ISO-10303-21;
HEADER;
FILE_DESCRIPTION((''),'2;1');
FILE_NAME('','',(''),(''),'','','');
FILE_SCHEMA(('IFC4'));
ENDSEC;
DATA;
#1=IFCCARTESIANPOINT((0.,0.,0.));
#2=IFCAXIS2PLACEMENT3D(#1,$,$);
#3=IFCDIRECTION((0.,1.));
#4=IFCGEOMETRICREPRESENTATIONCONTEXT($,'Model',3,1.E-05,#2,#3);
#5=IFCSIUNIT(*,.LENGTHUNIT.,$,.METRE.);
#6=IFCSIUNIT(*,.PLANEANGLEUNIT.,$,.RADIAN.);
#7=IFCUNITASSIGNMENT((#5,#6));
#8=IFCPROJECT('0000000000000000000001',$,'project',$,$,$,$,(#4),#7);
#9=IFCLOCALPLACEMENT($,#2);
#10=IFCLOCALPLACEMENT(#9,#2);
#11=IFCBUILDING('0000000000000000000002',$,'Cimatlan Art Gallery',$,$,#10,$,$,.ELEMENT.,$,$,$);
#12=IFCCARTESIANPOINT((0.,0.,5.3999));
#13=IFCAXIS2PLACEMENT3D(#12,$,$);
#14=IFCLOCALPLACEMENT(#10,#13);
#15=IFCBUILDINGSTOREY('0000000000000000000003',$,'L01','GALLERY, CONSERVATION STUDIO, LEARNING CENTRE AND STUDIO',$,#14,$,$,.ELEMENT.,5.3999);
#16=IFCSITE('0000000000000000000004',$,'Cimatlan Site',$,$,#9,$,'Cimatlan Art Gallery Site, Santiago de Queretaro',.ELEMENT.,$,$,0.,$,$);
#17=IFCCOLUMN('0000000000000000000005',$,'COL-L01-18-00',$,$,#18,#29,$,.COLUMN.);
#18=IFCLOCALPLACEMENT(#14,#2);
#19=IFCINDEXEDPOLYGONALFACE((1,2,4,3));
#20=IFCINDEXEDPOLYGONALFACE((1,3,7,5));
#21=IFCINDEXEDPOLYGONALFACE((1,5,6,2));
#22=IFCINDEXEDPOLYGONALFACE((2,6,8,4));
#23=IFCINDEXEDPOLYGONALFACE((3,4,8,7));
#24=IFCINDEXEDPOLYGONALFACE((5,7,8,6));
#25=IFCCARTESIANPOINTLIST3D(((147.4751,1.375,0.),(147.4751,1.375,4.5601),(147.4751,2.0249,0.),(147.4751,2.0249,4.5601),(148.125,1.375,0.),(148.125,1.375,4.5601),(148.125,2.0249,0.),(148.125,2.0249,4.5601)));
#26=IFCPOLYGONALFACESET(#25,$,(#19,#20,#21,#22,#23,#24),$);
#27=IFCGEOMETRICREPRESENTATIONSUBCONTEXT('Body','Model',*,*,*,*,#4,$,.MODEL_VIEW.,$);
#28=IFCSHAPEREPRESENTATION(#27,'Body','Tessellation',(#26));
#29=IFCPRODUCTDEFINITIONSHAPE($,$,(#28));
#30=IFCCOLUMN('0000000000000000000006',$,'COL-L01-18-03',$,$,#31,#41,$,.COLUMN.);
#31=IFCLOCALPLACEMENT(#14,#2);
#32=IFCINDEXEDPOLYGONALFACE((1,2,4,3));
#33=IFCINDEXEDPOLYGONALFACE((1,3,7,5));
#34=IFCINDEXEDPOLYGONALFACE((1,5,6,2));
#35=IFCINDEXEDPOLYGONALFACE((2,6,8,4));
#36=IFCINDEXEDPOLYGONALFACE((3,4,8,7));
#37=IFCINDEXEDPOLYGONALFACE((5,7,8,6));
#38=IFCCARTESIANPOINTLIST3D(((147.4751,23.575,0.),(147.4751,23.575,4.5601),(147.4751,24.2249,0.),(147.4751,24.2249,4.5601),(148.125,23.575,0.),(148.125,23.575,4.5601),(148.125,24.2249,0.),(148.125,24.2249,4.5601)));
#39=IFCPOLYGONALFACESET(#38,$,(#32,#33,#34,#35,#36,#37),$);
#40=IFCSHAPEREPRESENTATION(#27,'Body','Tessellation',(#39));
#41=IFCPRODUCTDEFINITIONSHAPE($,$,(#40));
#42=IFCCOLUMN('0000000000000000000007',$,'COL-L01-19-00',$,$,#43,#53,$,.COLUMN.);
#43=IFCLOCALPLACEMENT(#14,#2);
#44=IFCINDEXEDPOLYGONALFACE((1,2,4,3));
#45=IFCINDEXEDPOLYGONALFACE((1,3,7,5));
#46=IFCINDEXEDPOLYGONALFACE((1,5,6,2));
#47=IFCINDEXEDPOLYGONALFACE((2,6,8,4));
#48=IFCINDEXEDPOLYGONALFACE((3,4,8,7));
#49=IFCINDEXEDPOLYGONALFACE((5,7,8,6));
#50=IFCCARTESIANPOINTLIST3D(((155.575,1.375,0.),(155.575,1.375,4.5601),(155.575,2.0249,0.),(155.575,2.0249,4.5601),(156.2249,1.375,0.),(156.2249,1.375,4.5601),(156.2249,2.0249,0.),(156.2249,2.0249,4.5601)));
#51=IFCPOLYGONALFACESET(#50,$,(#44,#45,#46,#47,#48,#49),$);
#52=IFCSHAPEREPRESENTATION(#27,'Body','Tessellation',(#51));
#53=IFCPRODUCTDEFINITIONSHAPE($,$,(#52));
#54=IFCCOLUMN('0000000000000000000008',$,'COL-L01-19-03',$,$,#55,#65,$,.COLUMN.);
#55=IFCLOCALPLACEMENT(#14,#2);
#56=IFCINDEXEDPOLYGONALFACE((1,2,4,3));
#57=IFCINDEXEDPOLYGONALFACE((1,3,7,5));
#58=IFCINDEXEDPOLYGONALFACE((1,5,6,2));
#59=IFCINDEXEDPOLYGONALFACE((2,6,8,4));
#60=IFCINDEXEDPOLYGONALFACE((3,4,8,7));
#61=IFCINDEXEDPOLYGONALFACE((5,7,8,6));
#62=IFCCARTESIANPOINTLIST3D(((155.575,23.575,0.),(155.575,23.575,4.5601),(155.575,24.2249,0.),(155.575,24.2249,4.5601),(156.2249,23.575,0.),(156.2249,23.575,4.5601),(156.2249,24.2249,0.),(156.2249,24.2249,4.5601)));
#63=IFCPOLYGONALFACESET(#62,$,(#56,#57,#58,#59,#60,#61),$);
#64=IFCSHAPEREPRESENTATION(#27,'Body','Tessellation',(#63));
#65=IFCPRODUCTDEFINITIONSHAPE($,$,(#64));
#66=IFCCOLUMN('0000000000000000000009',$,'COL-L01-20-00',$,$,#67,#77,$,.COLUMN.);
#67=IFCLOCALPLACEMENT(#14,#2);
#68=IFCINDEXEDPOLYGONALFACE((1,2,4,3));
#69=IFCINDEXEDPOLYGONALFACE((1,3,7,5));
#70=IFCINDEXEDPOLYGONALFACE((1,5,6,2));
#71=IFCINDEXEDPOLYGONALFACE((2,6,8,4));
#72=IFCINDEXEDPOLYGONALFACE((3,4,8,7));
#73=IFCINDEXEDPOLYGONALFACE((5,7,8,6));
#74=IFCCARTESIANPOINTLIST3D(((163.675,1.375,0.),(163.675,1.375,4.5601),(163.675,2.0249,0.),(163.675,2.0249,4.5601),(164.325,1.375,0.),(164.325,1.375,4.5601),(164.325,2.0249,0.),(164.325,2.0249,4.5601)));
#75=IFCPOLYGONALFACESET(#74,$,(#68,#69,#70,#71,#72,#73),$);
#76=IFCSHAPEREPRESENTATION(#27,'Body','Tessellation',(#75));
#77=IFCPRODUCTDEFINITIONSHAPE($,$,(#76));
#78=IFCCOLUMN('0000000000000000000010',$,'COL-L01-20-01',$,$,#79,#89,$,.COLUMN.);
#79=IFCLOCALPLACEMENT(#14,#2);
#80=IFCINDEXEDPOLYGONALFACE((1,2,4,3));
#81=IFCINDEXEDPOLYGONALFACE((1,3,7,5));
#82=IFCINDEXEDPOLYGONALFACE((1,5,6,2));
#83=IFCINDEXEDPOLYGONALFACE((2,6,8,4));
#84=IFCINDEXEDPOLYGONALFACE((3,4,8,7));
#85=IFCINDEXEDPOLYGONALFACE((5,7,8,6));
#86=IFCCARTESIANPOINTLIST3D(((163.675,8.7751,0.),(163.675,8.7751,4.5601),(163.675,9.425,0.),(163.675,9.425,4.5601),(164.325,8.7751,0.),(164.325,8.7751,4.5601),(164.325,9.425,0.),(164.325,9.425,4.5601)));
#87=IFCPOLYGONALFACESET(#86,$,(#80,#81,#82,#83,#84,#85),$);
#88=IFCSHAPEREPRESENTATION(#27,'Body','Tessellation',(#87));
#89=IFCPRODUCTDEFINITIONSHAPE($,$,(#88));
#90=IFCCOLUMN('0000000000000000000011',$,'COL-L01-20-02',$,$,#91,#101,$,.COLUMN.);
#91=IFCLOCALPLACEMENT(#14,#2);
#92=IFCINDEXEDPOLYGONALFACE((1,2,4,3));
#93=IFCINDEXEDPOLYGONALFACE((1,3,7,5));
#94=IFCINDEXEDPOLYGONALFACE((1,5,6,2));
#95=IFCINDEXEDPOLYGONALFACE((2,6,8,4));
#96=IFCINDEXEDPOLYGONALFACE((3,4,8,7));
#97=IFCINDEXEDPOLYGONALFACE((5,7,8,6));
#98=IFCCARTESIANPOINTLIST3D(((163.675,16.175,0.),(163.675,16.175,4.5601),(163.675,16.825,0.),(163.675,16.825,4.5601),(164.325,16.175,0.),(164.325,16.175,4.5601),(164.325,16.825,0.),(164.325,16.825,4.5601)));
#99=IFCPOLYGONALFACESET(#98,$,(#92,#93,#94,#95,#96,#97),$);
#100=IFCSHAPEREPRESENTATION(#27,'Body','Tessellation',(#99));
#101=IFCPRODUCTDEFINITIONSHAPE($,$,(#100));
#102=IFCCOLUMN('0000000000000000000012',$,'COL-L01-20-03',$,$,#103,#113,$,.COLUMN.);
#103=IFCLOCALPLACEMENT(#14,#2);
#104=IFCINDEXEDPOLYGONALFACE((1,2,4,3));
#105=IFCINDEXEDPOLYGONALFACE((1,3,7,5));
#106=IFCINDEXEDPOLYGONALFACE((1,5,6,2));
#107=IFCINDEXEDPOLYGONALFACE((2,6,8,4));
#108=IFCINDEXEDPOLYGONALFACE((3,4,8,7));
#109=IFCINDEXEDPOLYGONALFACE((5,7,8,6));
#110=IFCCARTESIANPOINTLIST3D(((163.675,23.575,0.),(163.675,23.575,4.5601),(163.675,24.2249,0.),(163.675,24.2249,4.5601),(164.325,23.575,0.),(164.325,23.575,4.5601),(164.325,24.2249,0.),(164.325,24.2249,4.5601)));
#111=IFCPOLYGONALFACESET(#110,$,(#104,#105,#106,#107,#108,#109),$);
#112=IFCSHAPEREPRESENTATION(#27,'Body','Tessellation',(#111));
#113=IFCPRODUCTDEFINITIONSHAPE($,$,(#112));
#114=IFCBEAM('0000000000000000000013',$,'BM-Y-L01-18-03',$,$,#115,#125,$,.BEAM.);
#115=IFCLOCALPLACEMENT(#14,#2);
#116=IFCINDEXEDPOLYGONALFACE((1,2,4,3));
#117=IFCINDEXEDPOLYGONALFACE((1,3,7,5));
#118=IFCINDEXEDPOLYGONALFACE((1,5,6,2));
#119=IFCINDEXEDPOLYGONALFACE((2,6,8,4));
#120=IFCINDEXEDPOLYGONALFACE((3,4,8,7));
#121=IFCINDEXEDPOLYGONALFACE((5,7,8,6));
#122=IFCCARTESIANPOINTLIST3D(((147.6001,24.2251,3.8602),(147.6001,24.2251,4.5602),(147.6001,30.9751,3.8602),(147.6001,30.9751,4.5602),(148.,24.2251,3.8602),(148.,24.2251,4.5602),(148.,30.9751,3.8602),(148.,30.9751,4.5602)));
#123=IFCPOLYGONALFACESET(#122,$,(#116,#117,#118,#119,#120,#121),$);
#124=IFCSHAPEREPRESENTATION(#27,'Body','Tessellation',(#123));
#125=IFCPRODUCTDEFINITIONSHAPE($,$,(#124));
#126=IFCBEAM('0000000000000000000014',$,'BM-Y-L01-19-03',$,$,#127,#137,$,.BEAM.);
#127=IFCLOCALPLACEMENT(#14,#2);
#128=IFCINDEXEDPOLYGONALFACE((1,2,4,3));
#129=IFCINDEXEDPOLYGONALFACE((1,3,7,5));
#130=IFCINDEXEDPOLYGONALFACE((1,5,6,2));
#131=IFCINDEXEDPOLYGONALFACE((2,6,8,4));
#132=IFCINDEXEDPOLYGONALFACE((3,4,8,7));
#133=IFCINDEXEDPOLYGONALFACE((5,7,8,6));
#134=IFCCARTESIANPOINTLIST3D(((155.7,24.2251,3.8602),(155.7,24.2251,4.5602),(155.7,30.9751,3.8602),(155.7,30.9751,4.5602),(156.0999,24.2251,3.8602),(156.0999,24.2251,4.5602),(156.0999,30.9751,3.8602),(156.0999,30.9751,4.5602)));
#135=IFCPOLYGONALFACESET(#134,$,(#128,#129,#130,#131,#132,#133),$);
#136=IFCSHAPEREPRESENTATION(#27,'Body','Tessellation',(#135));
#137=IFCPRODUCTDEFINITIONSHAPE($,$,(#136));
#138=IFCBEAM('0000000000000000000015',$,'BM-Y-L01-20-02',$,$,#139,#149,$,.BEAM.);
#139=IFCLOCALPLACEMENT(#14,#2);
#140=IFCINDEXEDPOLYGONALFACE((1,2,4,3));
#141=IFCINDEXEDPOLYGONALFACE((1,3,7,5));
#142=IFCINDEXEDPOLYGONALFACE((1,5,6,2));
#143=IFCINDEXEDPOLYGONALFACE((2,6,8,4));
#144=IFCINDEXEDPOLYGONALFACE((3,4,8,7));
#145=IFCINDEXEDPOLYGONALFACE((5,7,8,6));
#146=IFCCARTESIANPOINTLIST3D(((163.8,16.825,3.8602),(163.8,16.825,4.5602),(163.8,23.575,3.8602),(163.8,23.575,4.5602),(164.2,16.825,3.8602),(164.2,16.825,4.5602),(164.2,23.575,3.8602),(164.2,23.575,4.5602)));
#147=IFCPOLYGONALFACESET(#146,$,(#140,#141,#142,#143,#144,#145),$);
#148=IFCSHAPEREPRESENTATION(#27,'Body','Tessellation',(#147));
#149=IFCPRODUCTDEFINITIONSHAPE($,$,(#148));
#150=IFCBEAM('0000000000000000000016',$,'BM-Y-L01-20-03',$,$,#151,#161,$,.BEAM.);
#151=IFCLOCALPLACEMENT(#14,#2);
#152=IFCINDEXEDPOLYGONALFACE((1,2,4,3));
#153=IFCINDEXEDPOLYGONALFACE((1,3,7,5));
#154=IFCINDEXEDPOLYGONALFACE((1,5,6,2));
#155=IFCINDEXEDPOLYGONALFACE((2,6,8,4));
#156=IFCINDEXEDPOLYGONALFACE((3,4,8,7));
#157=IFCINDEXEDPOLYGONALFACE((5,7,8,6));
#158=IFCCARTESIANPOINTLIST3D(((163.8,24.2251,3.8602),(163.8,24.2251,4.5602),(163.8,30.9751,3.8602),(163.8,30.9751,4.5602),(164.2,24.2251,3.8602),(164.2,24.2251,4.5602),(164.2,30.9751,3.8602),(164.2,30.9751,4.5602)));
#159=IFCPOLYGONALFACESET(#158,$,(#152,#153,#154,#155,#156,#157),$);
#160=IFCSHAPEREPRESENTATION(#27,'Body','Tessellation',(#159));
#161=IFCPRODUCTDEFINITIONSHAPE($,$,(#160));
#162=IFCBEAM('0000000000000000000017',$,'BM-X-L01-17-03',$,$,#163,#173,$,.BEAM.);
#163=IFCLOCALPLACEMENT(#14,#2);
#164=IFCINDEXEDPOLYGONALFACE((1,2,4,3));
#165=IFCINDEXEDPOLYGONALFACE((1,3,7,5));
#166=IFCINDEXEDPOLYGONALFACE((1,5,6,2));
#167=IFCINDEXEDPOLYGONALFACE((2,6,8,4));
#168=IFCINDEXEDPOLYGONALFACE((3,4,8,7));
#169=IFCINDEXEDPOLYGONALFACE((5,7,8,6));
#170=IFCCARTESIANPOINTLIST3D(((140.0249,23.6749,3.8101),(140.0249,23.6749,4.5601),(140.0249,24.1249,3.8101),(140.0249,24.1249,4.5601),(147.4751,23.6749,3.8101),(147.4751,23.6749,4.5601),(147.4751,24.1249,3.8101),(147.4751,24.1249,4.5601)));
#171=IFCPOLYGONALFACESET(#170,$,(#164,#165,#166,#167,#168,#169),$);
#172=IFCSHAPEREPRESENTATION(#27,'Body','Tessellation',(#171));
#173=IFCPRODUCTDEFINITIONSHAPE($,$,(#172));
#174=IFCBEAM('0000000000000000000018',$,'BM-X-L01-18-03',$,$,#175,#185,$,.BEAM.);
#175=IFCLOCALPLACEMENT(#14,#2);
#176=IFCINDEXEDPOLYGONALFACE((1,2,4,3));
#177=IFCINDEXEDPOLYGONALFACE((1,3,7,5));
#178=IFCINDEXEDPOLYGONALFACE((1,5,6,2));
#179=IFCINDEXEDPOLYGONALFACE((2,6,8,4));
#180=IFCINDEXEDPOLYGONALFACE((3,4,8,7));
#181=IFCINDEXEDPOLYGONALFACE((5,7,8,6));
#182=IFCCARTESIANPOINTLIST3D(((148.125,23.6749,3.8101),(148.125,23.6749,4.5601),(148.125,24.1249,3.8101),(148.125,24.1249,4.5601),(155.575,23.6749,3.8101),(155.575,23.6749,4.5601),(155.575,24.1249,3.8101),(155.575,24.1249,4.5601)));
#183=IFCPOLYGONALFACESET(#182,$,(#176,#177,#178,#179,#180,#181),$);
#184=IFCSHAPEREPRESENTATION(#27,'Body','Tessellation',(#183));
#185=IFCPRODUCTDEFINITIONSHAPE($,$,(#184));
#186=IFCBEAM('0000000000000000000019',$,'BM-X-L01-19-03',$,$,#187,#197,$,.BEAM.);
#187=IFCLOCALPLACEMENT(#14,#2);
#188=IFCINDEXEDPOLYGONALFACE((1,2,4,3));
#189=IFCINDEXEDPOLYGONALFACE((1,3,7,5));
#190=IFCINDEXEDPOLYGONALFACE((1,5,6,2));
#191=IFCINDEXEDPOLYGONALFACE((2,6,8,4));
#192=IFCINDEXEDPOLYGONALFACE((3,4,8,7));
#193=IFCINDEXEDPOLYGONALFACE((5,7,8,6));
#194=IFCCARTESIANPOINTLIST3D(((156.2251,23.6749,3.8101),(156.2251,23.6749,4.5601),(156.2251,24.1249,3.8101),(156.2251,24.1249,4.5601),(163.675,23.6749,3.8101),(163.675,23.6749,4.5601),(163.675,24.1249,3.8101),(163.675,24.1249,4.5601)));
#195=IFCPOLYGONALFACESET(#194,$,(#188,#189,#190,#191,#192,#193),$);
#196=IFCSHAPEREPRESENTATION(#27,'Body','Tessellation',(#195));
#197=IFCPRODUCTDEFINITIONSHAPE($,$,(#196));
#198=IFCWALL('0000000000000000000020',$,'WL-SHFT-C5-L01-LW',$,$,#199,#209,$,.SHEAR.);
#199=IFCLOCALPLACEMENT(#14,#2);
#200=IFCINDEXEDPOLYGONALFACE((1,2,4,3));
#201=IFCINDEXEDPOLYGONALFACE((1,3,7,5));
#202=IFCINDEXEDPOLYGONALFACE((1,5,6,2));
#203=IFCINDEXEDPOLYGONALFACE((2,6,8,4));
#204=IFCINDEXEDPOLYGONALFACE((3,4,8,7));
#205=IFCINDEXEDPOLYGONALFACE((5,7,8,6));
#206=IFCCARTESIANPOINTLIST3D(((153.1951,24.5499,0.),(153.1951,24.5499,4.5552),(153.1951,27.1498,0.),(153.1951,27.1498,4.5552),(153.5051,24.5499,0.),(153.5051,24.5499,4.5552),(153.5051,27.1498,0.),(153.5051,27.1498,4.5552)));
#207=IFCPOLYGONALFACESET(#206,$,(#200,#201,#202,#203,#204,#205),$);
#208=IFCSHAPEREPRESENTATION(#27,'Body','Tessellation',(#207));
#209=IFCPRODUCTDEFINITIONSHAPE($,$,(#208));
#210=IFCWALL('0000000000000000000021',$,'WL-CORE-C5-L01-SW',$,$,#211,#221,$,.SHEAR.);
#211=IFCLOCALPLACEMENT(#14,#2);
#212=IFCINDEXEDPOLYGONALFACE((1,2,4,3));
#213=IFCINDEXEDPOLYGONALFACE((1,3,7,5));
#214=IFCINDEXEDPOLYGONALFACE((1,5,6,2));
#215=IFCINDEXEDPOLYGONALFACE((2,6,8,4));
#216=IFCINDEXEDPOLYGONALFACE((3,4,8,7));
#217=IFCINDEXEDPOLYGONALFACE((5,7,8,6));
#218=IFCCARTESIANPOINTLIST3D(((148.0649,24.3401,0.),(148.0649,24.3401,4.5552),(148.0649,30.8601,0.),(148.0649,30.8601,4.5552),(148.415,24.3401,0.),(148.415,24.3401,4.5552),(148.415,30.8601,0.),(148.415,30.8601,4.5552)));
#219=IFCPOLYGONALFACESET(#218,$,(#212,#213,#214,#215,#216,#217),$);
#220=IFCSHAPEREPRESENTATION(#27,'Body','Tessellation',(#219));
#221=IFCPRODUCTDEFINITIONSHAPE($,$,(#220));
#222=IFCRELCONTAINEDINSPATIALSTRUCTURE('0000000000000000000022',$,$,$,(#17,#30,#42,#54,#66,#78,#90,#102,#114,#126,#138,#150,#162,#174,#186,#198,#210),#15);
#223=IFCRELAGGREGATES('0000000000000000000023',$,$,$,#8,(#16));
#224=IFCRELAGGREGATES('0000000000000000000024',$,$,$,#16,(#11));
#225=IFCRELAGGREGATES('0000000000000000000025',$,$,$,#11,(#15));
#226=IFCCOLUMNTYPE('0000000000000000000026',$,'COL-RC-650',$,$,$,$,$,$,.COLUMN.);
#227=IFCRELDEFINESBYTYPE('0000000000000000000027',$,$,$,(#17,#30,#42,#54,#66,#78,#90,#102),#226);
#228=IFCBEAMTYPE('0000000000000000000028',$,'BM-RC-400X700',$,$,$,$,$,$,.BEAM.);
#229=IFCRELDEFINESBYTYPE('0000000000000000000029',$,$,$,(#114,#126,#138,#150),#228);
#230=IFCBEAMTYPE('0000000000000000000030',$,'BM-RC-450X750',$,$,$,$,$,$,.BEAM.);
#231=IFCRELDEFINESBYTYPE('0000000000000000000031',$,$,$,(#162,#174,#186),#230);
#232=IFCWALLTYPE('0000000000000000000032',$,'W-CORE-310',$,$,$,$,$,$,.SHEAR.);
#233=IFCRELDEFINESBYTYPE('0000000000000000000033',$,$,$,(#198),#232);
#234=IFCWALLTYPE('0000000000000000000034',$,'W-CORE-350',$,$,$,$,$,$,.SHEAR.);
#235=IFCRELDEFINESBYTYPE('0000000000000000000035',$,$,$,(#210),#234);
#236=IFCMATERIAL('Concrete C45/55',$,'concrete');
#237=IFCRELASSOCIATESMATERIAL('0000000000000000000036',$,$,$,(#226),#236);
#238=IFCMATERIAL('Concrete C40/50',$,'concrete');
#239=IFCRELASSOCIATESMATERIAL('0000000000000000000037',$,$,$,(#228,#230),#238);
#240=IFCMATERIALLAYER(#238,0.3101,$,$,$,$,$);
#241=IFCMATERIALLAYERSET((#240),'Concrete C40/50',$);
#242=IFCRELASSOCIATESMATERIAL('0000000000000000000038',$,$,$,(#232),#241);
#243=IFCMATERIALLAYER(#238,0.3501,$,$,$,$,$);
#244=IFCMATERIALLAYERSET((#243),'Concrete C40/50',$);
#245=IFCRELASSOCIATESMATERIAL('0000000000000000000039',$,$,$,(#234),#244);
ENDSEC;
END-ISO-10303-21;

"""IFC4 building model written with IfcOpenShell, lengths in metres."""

from ifc_helpers import new_model, si_unit, direction, frame, frame_2d, origin, origin_2d, place, context, subcontext, project, spatial, rectangle, extrude, material, layer, layer_set, material_profile, profile_set, type_object, element, save


model = new_model("IFC4")

# Units and contexts
model_context = context("Model", 3, precision=1e-05, world=origin(), true_north=direction((0.0, 1.0)))
body_context = subcontext(model_context, "Body", "Model", "MODEL_VIEW")
ifc_project = project(units=[si_unit("LENGTHUNIT", "METRE"), si_unit("PLANEANGLEUNIT", "RADIAN")], contexts=[model_context])

# Site, building, storey
site_placement = place(None, origin())
site = spatial("IfcSite", under=ifc_project, at=site_placement, Name="Cimatlan Site", LongName="Cimatlan Art Gallery Site, Santiago de Queretaro", CompositionType="ELEMENT", RefElevation=0.0)
building_placement = place(site_placement, origin())
building = spatial("IfcBuilding", under=site, at=building_placement, Name="Cimatlan Art Gallery", CompositionType="ELEMENT")
storey_placement = place(building_placement, frame((0.0, 0.0, 5.3999)))
storey = spatial("IfcBuildingStorey", under=building, at=storey_placement, Name="L01", Description="GALLERY, CONSERVATION STUDIO, LEARNING CENTRE AND STUDIO", CompositionType="ELEMENT", Elevation=5.3999)

# Columns
ifc_material_1 = material(Name="Concrete C45/55", Category="concrete")
ifc_material_profile_1 = material_profile(ifc_material_1, rectangle(XDim=0.6499, YDim=0.6499, at=origin_2d()), Name="RC650X650")
ifc_profile_set_1 = profile_set([ifc_material_profile_1], Name="Concrete C45/55")
column_type = type_object("IfcColumnType", Name="COL-RC-650", PredefinedType="COLUMN", material=ifc_profile_set_1)
for number, where, z_axis, x_axis, name in (
    (1, (147.8, 1.7, 0.0), (0.0, 0.0, 1.0), (1.0, 0.0, 0.0), "COL-L01-18-00"),
    (2, (147.8, 23.8999, 0.0), (0.0, 0.0, 1.0), (1.0, 0.0, 0.0), "COL-L01-18-03"),
    (3, (155.8999, 1.7, 0.0), (0.0, 0.0, 1.0), (1.0, 0.0, 0.0), "COL-L01-19-00"),
    (4, (155.8999, 23.8999, 0.0), (0.0, 0.0, 1.0), (1.0, 0.0, 0.0), "COL-L01-19-03"),
    (5, (164.0, 1.7, 0.0), (0.0, 0.0, 1.0), (1.0, 0.0, 0.0), "COL-L01-20-00"),
    (6, (164.0, 9.1001, 0.0), (0.0, 0.0, 1.0), (1.0, 0.0, 0.0), "COL-L01-20-01"),
    (7, (164.0, 16.5, 0.0), (0.0, 0.0, 1.0), (1.0, 0.0, 0.0), "COL-L01-20-02"),
    (8, (164.0, 23.8999, 0.0), (0.0, 0.0, 1.0), (1.0, 0.0, 0.0), "COL-L01-20-03"),
):
    element("IfcColumn", number, at=place(storey_placement, frame(where, z_axis=z_axis, x_axis=x_axis)), inside=storey, type_object=column_type, Name=name, PredefinedType="COLUMN", context=body_context, shape_type="SweptSolid", body=[
        extrude(rectangle(XDim=0.6499, YDim=0.6499, at=origin_2d()), origin(), (0.0, 0.0, 1.0), 4.5601),
    ])

# Beams
ifc_material_2 = material(Name="Concrete C40/50", Category="concrete")
ifc_material_profile_2 = material_profile(ifc_material_2, rectangle(XDim=0.3999, YDim=0.7, at=origin_2d()), Name="RC400X700")
ifc_profile_set_2 = profile_set([ifc_material_profile_2], Name="Concrete C40/50")
beam_type_1 = type_object("IfcBeamType", Name="BM-RC-400X700", PredefinedType="BEAM", material=ifc_profile_set_2)
for number, where, z_axis, x_axis, name in (
    (9, (147.8, 24.2251, 4.2102), (0.0, 1.0, 0.0), (-1.0, 0.0, 0.0), "BM-Y-L01-18-03"),
    (10, (155.8999, 24.2251, 4.2102), (0.0, 1.0, 0.0), (-1.0, 0.0, 0.0), "BM-Y-L01-19-03"),
    (11, (164.0, 16.825, 4.2102), (0.0, 1.0, 0.0), (-1.0, 0.0, 0.0), "BM-Y-L01-20-02"),
    (12, (164.0, 24.2251, 4.2102), (0.0, 1.0, 0.0), (-1.0, 0.0, 0.0), "BM-Y-L01-20-03"),
):
    element("IfcBeam", number, at=place(storey_placement, frame(where, z_axis=z_axis, x_axis=x_axis)), inside=storey, type_object=beam_type_1, Name=name, PredefinedType="BEAM", context=body_context, shape_type="SweptSolid", body=[
        extrude(rectangle(XDim=0.3999, YDim=0.7, at=origin_2d()), origin(), (0.0, 0.0, 1.0), 6.75),
    ])
ifc_material_profile_3 = material_profile(ifc_material_2, rectangle(XDim=0.45, YDim=0.75, at=origin_2d()), Name="RC450X750")
ifc_profile_set_3 = profile_set([ifc_material_profile_3], Name="Concrete C40/50")
beam_type_2 = type_object("IfcBeamType", Name="BM-RC-450X750", PredefinedType="BEAM", material=ifc_profile_set_3)
beam_placement = place(storey_placement, frame((140.0249, 23.8999, 4.1851), z_axis=(1.0, 0.0, 0.0), x_axis=(0.0, 1.0, 0.0)))
element("IfcBeam", 13, at=beam_placement, inside=storey, type_object=beam_type_2, Name="BM-X-L01-17-03", PredefinedType="BEAM", context=body_context, shape_type="SweptSolid", body=[
    extrude(rectangle(XDim=0.45, YDim=0.75, at=origin_2d()), origin(), (0.0, 0.0, 1.0), 7.4502),
])
for number, where, z_axis, x_axis, name in (
    (14, (148.125, 23.8999, 4.1851), (1.0, 0.0, 0.0), (0.0, 1.0, 0.0), "BM-X-L01-18-03"),
    (15, (156.2251, 23.8999, 4.1851), (1.0, 0.0, 0.0), (0.0, 1.0, 0.0), "BM-X-L01-19-03"),
):
    element("IfcBeam", number, at=place(storey_placement, frame(where, z_axis=z_axis, x_axis=x_axis)), inside=storey, type_object=beam_type_2, Name=name, PredefinedType="BEAM", context=body_context, shape_type="SweptSolid", body=[
        extrude(rectangle(XDim=0.45, YDim=0.75, at=origin_2d()), origin(), (0.0, 0.0, 1.0), 7.45),
    ])

# Walls
ifc_layer_1 = layer(ifc_material_2, 0.3101)
ifc_layer_set_1 = layer_set([ifc_layer_1], Name="Concrete C40/50")
wall_type_1 = type_object("IfcWallType", Name="W-CORE-310", PredefinedType="SHEAR", material=ifc_layer_set_1)
wall_1_placement = place(storey_placement, frame((153.3501, 24.55, 0.0), z_axis=(0.0, 0.0, 1.0), x_axis=(0.0, 1.0, 0.0)))
element("IfcWall", 16, at=wall_1_placement, inside=storey, type_object=wall_type_1, Name="WL-SHFT-C5-L01-LW", PredefinedType="SHEAR", context=body_context, shape_type="SweptSolid", body=[
    extrude(rectangle(XDim=2.5999, YDim=0.3101, at=frame_2d((1.2998, 0.0))), origin(), (0.0, 0.0, 1.0), 4.5552),
])
ifc_layer_2 = layer(ifc_material_2, 0.3501)
ifc_layer_set_2 = layer_set([ifc_layer_2], Name="Concrete C40/50")
wall_type_2 = type_object("IfcWallType", Name="W-CORE-350", PredefinedType="SHEAR", material=ifc_layer_set_2)
wall_2_placement = place(storey_placement, frame((148.24, 24.3401, 0.0), z_axis=(0.0, 0.0, 1.0), x_axis=(0.0, 1.0, 0.0)))
element("IfcWall", 17, at=wall_2_placement, inside=storey, type_object=wall_type_2, Name="WL-CORE-C5-L01-SW", PredefinedType="SHEAR", context=body_context, shape_type="SweptSolid", body=[
    extrude(rectangle(XDim=6.52, YDim=0.3501, at=frame_2d((3.26, 0.0))), origin(), (0.0, 0.0, 1.0), 4.5552),
])

save(model, "model.ifc")
